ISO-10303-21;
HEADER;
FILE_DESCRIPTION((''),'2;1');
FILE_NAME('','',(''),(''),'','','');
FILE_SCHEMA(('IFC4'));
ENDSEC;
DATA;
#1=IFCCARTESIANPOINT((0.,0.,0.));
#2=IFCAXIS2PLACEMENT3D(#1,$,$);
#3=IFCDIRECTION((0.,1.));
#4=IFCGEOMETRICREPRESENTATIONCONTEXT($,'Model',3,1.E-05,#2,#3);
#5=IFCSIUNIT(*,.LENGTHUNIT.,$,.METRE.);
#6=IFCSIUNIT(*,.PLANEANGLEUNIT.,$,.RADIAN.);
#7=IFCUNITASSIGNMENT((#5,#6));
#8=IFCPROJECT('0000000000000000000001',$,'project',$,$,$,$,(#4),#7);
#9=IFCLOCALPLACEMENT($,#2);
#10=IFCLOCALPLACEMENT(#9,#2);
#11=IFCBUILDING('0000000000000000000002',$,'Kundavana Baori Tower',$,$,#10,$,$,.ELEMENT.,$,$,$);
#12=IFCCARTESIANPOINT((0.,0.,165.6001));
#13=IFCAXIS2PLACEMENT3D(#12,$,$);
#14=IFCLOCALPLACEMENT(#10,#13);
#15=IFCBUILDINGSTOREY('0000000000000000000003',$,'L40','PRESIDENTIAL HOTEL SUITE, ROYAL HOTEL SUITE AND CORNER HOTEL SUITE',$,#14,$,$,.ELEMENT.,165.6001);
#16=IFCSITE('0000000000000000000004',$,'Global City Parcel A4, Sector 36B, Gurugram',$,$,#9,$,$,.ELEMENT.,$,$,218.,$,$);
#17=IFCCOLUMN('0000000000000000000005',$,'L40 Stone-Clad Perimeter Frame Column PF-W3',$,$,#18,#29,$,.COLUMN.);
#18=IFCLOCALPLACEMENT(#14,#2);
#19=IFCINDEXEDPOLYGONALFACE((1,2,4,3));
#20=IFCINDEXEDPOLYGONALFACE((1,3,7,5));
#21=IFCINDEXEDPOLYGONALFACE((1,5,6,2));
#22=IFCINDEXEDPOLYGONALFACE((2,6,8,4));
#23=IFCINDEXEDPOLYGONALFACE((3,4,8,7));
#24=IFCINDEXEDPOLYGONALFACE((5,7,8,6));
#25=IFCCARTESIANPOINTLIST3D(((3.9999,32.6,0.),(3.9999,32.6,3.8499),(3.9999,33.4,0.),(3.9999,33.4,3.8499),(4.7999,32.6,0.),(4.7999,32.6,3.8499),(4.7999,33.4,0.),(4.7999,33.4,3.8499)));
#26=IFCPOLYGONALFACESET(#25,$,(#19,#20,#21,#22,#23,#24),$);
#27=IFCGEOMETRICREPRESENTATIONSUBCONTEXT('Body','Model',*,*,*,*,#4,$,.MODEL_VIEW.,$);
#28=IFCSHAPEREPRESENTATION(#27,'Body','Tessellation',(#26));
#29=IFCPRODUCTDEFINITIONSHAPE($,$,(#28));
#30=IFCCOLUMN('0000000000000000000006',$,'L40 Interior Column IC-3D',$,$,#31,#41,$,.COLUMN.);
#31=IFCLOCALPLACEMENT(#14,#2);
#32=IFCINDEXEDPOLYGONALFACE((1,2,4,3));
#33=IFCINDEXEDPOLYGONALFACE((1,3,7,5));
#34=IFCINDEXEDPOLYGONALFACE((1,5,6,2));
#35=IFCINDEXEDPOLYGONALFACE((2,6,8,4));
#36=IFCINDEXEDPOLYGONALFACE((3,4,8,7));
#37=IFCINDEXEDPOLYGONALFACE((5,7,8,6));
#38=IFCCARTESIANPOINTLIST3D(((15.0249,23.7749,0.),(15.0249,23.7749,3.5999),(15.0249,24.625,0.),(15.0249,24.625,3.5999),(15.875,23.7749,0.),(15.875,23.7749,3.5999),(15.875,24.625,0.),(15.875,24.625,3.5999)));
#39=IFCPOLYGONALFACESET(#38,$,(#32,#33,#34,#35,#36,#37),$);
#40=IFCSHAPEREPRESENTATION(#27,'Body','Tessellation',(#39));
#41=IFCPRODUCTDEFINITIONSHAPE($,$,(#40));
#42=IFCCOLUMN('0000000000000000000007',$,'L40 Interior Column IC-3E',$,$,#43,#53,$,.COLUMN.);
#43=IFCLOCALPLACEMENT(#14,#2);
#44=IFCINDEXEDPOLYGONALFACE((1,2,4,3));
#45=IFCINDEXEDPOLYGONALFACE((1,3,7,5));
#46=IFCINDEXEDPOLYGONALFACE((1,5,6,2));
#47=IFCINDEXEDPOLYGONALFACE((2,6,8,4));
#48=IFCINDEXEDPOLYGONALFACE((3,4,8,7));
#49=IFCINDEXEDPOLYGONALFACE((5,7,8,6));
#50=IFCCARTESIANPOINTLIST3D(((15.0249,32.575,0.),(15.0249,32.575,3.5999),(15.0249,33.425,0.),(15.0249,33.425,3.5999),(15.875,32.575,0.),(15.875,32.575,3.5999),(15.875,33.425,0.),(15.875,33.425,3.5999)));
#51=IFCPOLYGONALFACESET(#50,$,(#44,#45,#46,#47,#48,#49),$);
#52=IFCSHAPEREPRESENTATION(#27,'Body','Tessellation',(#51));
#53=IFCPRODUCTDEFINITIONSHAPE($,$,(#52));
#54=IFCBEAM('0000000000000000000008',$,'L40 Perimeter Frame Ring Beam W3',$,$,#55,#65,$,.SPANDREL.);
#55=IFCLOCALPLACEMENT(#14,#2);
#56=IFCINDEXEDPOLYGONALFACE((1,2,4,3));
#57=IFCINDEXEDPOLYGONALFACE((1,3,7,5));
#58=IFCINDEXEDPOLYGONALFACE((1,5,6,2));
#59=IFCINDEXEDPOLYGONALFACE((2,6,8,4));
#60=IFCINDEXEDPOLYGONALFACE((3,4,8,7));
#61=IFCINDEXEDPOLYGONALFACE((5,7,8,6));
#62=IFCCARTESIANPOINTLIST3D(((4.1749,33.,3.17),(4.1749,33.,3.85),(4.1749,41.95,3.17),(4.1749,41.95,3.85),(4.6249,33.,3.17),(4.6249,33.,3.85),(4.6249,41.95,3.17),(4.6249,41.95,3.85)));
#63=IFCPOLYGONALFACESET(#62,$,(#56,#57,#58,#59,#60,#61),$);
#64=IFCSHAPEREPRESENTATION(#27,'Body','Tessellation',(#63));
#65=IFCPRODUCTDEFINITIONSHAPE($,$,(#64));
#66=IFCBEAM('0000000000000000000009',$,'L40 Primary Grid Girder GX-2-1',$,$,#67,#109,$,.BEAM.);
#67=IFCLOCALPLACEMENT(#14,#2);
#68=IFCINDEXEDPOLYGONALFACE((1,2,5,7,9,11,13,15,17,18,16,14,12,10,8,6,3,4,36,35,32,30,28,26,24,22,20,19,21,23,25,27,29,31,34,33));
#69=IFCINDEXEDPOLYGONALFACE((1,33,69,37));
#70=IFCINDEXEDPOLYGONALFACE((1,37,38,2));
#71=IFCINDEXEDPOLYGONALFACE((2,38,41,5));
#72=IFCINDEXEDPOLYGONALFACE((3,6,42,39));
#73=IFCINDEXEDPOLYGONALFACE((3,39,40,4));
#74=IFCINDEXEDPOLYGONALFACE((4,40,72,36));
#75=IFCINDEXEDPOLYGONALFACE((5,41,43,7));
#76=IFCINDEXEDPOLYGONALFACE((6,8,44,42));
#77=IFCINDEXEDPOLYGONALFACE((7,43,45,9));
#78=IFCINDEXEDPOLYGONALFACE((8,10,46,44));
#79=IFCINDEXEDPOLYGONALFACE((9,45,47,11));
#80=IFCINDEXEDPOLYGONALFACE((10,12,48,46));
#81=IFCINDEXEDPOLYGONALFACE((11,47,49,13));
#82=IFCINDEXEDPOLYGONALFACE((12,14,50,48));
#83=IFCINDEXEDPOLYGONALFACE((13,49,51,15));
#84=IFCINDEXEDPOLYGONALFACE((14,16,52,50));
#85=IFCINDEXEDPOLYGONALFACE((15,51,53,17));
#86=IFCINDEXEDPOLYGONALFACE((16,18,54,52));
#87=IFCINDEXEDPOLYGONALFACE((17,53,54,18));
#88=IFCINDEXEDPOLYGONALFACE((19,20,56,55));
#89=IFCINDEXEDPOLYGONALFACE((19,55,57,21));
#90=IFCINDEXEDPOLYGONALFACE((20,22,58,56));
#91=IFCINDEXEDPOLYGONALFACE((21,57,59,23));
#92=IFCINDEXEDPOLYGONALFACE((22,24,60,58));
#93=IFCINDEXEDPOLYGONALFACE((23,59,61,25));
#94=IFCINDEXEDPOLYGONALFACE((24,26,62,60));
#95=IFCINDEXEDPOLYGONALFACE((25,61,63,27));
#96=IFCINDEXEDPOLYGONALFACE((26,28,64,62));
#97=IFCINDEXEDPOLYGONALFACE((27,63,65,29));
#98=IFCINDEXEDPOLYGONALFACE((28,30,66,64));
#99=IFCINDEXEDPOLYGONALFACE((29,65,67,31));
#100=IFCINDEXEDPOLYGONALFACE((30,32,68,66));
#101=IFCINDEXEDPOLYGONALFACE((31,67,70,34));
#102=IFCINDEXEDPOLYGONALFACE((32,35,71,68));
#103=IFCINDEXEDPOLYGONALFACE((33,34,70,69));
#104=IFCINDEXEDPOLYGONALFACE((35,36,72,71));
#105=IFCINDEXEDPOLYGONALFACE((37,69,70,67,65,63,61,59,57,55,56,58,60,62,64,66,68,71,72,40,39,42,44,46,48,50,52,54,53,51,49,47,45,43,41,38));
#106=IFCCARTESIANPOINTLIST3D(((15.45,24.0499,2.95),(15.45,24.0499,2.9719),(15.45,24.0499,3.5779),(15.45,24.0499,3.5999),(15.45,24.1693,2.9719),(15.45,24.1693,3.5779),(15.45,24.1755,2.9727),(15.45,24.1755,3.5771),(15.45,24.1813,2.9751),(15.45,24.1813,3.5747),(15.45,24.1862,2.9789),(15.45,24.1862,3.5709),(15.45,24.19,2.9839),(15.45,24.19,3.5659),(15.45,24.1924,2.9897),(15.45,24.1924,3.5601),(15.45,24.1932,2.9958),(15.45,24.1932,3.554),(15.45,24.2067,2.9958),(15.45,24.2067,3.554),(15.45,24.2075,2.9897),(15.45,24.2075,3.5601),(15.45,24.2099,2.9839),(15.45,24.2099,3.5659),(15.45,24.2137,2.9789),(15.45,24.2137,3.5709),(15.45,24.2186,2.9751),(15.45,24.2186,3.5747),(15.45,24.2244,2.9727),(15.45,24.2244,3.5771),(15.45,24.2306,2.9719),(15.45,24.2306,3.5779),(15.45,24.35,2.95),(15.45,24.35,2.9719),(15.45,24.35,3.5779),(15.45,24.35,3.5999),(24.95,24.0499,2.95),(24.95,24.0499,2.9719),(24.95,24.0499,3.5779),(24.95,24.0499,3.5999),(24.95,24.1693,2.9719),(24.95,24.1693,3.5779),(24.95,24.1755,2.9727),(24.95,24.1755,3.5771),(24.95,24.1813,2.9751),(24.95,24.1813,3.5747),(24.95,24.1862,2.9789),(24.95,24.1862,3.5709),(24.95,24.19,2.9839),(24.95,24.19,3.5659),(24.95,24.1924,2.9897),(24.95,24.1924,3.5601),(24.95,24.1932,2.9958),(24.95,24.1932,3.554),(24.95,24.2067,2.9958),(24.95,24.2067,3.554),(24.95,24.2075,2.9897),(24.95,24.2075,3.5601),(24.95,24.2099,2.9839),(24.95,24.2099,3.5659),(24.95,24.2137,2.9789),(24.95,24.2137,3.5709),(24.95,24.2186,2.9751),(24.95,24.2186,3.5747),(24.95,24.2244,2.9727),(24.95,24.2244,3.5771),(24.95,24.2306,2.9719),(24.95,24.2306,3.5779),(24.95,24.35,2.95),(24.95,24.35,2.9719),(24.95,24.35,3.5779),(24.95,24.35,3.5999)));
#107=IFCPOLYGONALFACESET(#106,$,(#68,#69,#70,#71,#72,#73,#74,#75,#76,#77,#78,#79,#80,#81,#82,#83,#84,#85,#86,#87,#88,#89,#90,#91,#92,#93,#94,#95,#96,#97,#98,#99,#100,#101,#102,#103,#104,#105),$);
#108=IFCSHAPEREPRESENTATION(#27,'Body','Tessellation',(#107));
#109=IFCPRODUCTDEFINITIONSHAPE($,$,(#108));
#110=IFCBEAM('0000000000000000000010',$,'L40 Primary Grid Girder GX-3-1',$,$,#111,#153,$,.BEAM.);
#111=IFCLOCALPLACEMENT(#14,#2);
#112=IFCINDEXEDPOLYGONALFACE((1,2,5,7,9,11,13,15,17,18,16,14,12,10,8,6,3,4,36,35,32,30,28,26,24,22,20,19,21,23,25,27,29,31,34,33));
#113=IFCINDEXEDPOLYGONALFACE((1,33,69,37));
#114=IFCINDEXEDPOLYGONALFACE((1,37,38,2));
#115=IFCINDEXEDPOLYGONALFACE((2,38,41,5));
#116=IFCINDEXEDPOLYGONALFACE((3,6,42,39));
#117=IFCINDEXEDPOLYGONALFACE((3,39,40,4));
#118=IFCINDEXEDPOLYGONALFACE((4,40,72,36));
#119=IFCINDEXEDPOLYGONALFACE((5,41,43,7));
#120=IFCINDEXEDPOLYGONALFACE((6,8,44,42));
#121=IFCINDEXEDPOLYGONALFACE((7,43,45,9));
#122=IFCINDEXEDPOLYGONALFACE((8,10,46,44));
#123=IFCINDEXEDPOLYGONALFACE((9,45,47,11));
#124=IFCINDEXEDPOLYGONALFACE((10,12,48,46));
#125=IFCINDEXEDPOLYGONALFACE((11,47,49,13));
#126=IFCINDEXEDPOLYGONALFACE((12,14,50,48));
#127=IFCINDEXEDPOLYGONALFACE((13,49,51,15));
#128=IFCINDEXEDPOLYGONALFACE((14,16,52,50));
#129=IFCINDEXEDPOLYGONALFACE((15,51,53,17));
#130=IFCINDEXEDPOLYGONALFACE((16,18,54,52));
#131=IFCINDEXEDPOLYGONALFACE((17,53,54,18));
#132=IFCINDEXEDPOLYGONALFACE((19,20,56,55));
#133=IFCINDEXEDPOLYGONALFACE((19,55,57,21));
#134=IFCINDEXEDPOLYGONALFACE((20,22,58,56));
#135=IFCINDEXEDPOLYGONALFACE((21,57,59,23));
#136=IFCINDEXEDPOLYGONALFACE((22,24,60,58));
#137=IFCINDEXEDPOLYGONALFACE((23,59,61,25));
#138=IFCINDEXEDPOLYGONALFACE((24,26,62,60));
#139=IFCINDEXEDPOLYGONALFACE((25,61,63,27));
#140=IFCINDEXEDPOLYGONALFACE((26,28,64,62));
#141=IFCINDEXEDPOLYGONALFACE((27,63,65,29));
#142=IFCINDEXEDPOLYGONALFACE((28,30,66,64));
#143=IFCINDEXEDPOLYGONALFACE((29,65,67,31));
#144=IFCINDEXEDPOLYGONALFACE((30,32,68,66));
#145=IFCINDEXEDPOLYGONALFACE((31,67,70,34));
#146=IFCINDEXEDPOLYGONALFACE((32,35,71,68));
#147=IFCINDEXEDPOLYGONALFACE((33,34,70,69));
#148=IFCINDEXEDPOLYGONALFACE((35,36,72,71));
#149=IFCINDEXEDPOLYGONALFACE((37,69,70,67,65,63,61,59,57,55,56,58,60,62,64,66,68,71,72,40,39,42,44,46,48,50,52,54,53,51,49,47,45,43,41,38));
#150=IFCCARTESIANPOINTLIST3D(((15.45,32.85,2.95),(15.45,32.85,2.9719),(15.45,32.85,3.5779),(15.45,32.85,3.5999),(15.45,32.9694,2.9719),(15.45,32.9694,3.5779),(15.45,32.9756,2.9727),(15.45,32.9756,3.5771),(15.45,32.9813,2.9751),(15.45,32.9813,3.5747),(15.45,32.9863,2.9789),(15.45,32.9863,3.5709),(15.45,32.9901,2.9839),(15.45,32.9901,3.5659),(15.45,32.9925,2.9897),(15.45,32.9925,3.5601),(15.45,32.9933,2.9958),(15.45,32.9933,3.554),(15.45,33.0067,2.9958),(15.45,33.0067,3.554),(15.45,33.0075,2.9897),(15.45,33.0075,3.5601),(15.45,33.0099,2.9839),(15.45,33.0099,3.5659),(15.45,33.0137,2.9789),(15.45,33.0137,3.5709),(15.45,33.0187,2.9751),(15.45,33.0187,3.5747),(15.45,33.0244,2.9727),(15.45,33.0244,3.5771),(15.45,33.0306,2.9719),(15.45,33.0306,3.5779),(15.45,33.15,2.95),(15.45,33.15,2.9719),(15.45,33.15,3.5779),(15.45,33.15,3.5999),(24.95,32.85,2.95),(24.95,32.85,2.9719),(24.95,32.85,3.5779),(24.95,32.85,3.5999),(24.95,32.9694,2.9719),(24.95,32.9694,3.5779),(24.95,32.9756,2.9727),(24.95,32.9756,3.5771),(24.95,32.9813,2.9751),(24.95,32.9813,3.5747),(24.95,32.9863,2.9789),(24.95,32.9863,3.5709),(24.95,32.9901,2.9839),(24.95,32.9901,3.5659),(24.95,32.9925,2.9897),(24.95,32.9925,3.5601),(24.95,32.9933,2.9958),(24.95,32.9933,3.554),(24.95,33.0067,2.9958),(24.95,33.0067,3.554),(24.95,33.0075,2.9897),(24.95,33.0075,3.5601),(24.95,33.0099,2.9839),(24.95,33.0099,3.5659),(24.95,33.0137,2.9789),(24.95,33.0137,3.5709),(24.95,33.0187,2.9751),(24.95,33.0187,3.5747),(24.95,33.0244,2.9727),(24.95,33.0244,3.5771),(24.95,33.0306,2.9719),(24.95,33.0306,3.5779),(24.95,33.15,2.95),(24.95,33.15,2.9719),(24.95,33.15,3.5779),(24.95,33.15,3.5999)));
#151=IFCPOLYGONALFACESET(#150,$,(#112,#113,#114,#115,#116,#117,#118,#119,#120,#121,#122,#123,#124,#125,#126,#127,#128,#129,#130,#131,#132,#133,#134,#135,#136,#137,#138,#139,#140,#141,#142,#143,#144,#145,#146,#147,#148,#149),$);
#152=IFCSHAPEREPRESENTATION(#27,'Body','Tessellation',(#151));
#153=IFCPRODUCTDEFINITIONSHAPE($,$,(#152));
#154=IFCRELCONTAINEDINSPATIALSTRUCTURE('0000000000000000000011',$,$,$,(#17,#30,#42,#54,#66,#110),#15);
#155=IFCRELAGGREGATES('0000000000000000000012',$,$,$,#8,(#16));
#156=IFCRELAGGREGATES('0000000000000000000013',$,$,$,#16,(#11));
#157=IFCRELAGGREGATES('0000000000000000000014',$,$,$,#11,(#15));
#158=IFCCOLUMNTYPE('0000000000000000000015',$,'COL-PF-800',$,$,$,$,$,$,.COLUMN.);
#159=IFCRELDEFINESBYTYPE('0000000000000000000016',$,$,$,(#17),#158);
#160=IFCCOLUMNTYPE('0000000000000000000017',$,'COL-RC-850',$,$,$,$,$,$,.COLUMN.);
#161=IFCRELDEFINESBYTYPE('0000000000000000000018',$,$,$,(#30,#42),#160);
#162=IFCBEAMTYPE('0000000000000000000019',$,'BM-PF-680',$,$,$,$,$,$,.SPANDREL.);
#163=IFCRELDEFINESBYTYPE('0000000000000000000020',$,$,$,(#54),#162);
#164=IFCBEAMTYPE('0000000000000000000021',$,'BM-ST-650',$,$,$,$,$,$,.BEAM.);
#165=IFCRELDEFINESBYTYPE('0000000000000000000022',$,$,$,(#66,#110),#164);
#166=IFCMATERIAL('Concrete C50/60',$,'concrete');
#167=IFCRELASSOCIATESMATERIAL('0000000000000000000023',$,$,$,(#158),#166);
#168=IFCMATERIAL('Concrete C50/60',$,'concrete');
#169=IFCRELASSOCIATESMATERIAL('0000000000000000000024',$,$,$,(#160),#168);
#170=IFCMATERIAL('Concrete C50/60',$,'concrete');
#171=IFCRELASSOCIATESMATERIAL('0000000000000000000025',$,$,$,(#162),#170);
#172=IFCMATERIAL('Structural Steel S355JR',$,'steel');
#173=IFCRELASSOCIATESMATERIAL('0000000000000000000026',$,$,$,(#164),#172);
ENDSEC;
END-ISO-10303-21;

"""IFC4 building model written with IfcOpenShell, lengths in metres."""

from ifc_helpers import new_model, si_unit, direction, frame, origin, origin_2d, place, context, subcontext, project, spatial, rectangle, i_section, extrude, material, material_profile, profile_set, type_object, element, save


model = new_model("IFC4")

# Units and contexts
model_context = context("Model", 3, precision=1e-05, world=origin(), true_north=direction((0.0, 1.0)))
body_context = subcontext(model_context, "Body", "Model", "MODEL_VIEW")
ifc_project = project(units=[si_unit("LENGTHUNIT", "METRE"), si_unit("PLANEANGLEUNIT", "RADIAN")], contexts=[model_context])

# Site, building, storey
site_placement = place(None, origin())
site = spatial("IfcSite", under=ifc_project, at=site_placement, Name="Global City Parcel A4, Sector 36B, Gurugram", CompositionType="ELEMENT", RefElevation=218.0)
building_placement = place(site_placement, origin())
building = spatial("IfcBuilding", under=site, at=building_placement, Name="Kundavana Baori Tower", CompositionType="ELEMENT")
storey_placement = place(building_placement, frame((0.0, 0.0, 165.6001)))
storey = spatial("IfcBuildingStorey", under=building, at=storey_placement, Name="L40", Description="PRESIDENTIAL HOTEL SUITE, ROYAL HOTEL SUITE AND CORNER HOTEL SUITE", CompositionType="ELEMENT", Elevation=165.6001)

# Columns
ifc_material_1 = material(Name="Concrete C50/60", Category="concrete")
ifc_material_profile_1 = material_profile(ifc_material_1, rectangle(XDim=0.8, YDim=0.8, at=origin_2d()), Name="RC PF 800x800")
ifc_profile_set_1 = profile_set([ifc_material_profile_1], Name="Concrete C50/60")
column_type_1 = type_object("IfcColumnType", Name="COL-PF-800", PredefinedType="COLUMN", material=ifc_profile_set_1)
column_placement = place(storey_placement, frame((4.3999, 33.0, 0.0), z_axis=(0.0, 0.0, 1.0), x_axis=(1.0, 0.0, 0.0)))
element("IfcColumn", 1, at=column_placement, inside=storey, type_object=column_type_1, Name="L40 Stone-Clad Perimeter Frame Column PF-W3", PredefinedType="COLUMN", context=body_context, shape_type="SweptSolid", body=[
    extrude(rectangle(XDim=0.8, YDim=0.8, at=origin_2d()), origin(), (0.0, 0.0, 1.0), 3.8499),
])
ifc_material_2 = material(Name="Concrete C50/60", Category="concrete")
ifc_material_profile_2 = material_profile(ifc_material_2, rectangle(XDim=0.8501, YDim=0.8501, at=origin_2d()), Name="RC 850x850")
ifc_profile_set_2 = profile_set([ifc_material_profile_2], Name="Concrete C50/60")
column_type_2 = type_object("IfcColumnType", Name="COL-RC-850", PredefinedType="COLUMN", material=ifc_profile_set_2)
for number, where, z_axis, x_axis, name in (
    (2, (15.45, 24.2, 0.0), (0.0, 0.0, 1.0), (1.0, 0.0, 0.0), "L40 Interior Column IC-3D"),
    (3, (15.45, 33.0, 0.0), (0.0, 0.0, 1.0), (1.0, 0.0, 0.0), "L40 Interior Column IC-3E"),
):
    element("IfcColumn", number, at=place(storey_placement, frame(where, z_axis=z_axis, x_axis=x_axis)), inside=storey, type_object=column_type_2, Name=name, PredefinedType="COLUMN", context=body_context, shape_type="SweptSolid", body=[
        extrude(rectangle(XDim=0.8501, YDim=0.8501, at=origin_2d()), origin(), (0.0, 0.0, 1.0), 3.5999),
    ])

# Beams
ifc_material_3 = material(Name="Concrete C50/60", Category="concrete")
ifc_material_profile_3 = material_profile(ifc_material_3, rectangle(XDim=0.45, YDim=0.6799, at=origin_2d()), Name="RC BM 450x680")
ifc_profile_set_3 = profile_set([ifc_material_profile_3], Name="Concrete C50/60")
beam_type_1 = type_object("IfcBeamType", Name="BM-PF-680", PredefinedType="SPANDREL", material=ifc_profile_set_3)
beam_placement = place(storey_placement, frame((4.3999, 33.0, 3.51), z_axis=(0.0, 1.0, 0.0), x_axis=(-1.0, 0.0, 0.0)))
element("IfcBeam", 4, at=beam_placement, inside=storey, type_object=beam_type_1, Name="L40 Perimeter Frame Ring Beam W3", PredefinedType="SPANDREL", context=body_context, shape_type="SweptSolid", body=[
    extrude(rectangle(XDim=0.45, YDim=0.6799, at=origin_2d()), origin(), (0.0, 0.0, 1.0), 8.95),
])
ifc_material_4 = material(Name="Structural Steel S355JR", Category="steel")
ifc_material_profile_4 = material_profile(ifc_material_4, i_section(OverallWidth=0.3, OverallDepth=0.6499, WebThickness=0.0134, FlangeThickness=0.022, FilletRadius=0.0239, at=origin_2d()), Name="NPB 650x300x155")
ifc_profile_set_4 = profile_set([ifc_material_profile_4], Name="Structural Steel S355JR")
beam_type_2 = type_object("IfcBeamType", Name="BM-ST-650", PredefinedType="BEAM", material=ifc_profile_set_4)
for number, where, z_axis, x_axis, name in (
    (5, (15.45, 24.2, 3.2749), (1.0, 0.0, 0.0), (0.0, 1.0, 0.0), "L40 Primary Grid Girder GX-2-1"),
    (6, (15.45, 33.0, 3.2749), (1.0, 0.0, 0.0), (0.0, 1.0, 0.0), "L40 Primary Grid Girder GX-3-1"),
):
    element("IfcBeam", number, at=place(storey_placement, frame(where, z_axis=z_axis, x_axis=x_axis)), inside=storey, type_object=beam_type_2, Name=name, PredefinedType="BEAM", context=body_context, shape_type="SweptSolid", body=[
        extrude(i_section(OverallWidth=0.3, OverallDepth=0.6499, WebThickness=0.0134, FlangeThickness=0.022, FilletRadius=0.0239, at=origin_2d()), origin(), (0.0, 0.0, 1.0), 9.5),
    ])

save(model, "model.ifc")
